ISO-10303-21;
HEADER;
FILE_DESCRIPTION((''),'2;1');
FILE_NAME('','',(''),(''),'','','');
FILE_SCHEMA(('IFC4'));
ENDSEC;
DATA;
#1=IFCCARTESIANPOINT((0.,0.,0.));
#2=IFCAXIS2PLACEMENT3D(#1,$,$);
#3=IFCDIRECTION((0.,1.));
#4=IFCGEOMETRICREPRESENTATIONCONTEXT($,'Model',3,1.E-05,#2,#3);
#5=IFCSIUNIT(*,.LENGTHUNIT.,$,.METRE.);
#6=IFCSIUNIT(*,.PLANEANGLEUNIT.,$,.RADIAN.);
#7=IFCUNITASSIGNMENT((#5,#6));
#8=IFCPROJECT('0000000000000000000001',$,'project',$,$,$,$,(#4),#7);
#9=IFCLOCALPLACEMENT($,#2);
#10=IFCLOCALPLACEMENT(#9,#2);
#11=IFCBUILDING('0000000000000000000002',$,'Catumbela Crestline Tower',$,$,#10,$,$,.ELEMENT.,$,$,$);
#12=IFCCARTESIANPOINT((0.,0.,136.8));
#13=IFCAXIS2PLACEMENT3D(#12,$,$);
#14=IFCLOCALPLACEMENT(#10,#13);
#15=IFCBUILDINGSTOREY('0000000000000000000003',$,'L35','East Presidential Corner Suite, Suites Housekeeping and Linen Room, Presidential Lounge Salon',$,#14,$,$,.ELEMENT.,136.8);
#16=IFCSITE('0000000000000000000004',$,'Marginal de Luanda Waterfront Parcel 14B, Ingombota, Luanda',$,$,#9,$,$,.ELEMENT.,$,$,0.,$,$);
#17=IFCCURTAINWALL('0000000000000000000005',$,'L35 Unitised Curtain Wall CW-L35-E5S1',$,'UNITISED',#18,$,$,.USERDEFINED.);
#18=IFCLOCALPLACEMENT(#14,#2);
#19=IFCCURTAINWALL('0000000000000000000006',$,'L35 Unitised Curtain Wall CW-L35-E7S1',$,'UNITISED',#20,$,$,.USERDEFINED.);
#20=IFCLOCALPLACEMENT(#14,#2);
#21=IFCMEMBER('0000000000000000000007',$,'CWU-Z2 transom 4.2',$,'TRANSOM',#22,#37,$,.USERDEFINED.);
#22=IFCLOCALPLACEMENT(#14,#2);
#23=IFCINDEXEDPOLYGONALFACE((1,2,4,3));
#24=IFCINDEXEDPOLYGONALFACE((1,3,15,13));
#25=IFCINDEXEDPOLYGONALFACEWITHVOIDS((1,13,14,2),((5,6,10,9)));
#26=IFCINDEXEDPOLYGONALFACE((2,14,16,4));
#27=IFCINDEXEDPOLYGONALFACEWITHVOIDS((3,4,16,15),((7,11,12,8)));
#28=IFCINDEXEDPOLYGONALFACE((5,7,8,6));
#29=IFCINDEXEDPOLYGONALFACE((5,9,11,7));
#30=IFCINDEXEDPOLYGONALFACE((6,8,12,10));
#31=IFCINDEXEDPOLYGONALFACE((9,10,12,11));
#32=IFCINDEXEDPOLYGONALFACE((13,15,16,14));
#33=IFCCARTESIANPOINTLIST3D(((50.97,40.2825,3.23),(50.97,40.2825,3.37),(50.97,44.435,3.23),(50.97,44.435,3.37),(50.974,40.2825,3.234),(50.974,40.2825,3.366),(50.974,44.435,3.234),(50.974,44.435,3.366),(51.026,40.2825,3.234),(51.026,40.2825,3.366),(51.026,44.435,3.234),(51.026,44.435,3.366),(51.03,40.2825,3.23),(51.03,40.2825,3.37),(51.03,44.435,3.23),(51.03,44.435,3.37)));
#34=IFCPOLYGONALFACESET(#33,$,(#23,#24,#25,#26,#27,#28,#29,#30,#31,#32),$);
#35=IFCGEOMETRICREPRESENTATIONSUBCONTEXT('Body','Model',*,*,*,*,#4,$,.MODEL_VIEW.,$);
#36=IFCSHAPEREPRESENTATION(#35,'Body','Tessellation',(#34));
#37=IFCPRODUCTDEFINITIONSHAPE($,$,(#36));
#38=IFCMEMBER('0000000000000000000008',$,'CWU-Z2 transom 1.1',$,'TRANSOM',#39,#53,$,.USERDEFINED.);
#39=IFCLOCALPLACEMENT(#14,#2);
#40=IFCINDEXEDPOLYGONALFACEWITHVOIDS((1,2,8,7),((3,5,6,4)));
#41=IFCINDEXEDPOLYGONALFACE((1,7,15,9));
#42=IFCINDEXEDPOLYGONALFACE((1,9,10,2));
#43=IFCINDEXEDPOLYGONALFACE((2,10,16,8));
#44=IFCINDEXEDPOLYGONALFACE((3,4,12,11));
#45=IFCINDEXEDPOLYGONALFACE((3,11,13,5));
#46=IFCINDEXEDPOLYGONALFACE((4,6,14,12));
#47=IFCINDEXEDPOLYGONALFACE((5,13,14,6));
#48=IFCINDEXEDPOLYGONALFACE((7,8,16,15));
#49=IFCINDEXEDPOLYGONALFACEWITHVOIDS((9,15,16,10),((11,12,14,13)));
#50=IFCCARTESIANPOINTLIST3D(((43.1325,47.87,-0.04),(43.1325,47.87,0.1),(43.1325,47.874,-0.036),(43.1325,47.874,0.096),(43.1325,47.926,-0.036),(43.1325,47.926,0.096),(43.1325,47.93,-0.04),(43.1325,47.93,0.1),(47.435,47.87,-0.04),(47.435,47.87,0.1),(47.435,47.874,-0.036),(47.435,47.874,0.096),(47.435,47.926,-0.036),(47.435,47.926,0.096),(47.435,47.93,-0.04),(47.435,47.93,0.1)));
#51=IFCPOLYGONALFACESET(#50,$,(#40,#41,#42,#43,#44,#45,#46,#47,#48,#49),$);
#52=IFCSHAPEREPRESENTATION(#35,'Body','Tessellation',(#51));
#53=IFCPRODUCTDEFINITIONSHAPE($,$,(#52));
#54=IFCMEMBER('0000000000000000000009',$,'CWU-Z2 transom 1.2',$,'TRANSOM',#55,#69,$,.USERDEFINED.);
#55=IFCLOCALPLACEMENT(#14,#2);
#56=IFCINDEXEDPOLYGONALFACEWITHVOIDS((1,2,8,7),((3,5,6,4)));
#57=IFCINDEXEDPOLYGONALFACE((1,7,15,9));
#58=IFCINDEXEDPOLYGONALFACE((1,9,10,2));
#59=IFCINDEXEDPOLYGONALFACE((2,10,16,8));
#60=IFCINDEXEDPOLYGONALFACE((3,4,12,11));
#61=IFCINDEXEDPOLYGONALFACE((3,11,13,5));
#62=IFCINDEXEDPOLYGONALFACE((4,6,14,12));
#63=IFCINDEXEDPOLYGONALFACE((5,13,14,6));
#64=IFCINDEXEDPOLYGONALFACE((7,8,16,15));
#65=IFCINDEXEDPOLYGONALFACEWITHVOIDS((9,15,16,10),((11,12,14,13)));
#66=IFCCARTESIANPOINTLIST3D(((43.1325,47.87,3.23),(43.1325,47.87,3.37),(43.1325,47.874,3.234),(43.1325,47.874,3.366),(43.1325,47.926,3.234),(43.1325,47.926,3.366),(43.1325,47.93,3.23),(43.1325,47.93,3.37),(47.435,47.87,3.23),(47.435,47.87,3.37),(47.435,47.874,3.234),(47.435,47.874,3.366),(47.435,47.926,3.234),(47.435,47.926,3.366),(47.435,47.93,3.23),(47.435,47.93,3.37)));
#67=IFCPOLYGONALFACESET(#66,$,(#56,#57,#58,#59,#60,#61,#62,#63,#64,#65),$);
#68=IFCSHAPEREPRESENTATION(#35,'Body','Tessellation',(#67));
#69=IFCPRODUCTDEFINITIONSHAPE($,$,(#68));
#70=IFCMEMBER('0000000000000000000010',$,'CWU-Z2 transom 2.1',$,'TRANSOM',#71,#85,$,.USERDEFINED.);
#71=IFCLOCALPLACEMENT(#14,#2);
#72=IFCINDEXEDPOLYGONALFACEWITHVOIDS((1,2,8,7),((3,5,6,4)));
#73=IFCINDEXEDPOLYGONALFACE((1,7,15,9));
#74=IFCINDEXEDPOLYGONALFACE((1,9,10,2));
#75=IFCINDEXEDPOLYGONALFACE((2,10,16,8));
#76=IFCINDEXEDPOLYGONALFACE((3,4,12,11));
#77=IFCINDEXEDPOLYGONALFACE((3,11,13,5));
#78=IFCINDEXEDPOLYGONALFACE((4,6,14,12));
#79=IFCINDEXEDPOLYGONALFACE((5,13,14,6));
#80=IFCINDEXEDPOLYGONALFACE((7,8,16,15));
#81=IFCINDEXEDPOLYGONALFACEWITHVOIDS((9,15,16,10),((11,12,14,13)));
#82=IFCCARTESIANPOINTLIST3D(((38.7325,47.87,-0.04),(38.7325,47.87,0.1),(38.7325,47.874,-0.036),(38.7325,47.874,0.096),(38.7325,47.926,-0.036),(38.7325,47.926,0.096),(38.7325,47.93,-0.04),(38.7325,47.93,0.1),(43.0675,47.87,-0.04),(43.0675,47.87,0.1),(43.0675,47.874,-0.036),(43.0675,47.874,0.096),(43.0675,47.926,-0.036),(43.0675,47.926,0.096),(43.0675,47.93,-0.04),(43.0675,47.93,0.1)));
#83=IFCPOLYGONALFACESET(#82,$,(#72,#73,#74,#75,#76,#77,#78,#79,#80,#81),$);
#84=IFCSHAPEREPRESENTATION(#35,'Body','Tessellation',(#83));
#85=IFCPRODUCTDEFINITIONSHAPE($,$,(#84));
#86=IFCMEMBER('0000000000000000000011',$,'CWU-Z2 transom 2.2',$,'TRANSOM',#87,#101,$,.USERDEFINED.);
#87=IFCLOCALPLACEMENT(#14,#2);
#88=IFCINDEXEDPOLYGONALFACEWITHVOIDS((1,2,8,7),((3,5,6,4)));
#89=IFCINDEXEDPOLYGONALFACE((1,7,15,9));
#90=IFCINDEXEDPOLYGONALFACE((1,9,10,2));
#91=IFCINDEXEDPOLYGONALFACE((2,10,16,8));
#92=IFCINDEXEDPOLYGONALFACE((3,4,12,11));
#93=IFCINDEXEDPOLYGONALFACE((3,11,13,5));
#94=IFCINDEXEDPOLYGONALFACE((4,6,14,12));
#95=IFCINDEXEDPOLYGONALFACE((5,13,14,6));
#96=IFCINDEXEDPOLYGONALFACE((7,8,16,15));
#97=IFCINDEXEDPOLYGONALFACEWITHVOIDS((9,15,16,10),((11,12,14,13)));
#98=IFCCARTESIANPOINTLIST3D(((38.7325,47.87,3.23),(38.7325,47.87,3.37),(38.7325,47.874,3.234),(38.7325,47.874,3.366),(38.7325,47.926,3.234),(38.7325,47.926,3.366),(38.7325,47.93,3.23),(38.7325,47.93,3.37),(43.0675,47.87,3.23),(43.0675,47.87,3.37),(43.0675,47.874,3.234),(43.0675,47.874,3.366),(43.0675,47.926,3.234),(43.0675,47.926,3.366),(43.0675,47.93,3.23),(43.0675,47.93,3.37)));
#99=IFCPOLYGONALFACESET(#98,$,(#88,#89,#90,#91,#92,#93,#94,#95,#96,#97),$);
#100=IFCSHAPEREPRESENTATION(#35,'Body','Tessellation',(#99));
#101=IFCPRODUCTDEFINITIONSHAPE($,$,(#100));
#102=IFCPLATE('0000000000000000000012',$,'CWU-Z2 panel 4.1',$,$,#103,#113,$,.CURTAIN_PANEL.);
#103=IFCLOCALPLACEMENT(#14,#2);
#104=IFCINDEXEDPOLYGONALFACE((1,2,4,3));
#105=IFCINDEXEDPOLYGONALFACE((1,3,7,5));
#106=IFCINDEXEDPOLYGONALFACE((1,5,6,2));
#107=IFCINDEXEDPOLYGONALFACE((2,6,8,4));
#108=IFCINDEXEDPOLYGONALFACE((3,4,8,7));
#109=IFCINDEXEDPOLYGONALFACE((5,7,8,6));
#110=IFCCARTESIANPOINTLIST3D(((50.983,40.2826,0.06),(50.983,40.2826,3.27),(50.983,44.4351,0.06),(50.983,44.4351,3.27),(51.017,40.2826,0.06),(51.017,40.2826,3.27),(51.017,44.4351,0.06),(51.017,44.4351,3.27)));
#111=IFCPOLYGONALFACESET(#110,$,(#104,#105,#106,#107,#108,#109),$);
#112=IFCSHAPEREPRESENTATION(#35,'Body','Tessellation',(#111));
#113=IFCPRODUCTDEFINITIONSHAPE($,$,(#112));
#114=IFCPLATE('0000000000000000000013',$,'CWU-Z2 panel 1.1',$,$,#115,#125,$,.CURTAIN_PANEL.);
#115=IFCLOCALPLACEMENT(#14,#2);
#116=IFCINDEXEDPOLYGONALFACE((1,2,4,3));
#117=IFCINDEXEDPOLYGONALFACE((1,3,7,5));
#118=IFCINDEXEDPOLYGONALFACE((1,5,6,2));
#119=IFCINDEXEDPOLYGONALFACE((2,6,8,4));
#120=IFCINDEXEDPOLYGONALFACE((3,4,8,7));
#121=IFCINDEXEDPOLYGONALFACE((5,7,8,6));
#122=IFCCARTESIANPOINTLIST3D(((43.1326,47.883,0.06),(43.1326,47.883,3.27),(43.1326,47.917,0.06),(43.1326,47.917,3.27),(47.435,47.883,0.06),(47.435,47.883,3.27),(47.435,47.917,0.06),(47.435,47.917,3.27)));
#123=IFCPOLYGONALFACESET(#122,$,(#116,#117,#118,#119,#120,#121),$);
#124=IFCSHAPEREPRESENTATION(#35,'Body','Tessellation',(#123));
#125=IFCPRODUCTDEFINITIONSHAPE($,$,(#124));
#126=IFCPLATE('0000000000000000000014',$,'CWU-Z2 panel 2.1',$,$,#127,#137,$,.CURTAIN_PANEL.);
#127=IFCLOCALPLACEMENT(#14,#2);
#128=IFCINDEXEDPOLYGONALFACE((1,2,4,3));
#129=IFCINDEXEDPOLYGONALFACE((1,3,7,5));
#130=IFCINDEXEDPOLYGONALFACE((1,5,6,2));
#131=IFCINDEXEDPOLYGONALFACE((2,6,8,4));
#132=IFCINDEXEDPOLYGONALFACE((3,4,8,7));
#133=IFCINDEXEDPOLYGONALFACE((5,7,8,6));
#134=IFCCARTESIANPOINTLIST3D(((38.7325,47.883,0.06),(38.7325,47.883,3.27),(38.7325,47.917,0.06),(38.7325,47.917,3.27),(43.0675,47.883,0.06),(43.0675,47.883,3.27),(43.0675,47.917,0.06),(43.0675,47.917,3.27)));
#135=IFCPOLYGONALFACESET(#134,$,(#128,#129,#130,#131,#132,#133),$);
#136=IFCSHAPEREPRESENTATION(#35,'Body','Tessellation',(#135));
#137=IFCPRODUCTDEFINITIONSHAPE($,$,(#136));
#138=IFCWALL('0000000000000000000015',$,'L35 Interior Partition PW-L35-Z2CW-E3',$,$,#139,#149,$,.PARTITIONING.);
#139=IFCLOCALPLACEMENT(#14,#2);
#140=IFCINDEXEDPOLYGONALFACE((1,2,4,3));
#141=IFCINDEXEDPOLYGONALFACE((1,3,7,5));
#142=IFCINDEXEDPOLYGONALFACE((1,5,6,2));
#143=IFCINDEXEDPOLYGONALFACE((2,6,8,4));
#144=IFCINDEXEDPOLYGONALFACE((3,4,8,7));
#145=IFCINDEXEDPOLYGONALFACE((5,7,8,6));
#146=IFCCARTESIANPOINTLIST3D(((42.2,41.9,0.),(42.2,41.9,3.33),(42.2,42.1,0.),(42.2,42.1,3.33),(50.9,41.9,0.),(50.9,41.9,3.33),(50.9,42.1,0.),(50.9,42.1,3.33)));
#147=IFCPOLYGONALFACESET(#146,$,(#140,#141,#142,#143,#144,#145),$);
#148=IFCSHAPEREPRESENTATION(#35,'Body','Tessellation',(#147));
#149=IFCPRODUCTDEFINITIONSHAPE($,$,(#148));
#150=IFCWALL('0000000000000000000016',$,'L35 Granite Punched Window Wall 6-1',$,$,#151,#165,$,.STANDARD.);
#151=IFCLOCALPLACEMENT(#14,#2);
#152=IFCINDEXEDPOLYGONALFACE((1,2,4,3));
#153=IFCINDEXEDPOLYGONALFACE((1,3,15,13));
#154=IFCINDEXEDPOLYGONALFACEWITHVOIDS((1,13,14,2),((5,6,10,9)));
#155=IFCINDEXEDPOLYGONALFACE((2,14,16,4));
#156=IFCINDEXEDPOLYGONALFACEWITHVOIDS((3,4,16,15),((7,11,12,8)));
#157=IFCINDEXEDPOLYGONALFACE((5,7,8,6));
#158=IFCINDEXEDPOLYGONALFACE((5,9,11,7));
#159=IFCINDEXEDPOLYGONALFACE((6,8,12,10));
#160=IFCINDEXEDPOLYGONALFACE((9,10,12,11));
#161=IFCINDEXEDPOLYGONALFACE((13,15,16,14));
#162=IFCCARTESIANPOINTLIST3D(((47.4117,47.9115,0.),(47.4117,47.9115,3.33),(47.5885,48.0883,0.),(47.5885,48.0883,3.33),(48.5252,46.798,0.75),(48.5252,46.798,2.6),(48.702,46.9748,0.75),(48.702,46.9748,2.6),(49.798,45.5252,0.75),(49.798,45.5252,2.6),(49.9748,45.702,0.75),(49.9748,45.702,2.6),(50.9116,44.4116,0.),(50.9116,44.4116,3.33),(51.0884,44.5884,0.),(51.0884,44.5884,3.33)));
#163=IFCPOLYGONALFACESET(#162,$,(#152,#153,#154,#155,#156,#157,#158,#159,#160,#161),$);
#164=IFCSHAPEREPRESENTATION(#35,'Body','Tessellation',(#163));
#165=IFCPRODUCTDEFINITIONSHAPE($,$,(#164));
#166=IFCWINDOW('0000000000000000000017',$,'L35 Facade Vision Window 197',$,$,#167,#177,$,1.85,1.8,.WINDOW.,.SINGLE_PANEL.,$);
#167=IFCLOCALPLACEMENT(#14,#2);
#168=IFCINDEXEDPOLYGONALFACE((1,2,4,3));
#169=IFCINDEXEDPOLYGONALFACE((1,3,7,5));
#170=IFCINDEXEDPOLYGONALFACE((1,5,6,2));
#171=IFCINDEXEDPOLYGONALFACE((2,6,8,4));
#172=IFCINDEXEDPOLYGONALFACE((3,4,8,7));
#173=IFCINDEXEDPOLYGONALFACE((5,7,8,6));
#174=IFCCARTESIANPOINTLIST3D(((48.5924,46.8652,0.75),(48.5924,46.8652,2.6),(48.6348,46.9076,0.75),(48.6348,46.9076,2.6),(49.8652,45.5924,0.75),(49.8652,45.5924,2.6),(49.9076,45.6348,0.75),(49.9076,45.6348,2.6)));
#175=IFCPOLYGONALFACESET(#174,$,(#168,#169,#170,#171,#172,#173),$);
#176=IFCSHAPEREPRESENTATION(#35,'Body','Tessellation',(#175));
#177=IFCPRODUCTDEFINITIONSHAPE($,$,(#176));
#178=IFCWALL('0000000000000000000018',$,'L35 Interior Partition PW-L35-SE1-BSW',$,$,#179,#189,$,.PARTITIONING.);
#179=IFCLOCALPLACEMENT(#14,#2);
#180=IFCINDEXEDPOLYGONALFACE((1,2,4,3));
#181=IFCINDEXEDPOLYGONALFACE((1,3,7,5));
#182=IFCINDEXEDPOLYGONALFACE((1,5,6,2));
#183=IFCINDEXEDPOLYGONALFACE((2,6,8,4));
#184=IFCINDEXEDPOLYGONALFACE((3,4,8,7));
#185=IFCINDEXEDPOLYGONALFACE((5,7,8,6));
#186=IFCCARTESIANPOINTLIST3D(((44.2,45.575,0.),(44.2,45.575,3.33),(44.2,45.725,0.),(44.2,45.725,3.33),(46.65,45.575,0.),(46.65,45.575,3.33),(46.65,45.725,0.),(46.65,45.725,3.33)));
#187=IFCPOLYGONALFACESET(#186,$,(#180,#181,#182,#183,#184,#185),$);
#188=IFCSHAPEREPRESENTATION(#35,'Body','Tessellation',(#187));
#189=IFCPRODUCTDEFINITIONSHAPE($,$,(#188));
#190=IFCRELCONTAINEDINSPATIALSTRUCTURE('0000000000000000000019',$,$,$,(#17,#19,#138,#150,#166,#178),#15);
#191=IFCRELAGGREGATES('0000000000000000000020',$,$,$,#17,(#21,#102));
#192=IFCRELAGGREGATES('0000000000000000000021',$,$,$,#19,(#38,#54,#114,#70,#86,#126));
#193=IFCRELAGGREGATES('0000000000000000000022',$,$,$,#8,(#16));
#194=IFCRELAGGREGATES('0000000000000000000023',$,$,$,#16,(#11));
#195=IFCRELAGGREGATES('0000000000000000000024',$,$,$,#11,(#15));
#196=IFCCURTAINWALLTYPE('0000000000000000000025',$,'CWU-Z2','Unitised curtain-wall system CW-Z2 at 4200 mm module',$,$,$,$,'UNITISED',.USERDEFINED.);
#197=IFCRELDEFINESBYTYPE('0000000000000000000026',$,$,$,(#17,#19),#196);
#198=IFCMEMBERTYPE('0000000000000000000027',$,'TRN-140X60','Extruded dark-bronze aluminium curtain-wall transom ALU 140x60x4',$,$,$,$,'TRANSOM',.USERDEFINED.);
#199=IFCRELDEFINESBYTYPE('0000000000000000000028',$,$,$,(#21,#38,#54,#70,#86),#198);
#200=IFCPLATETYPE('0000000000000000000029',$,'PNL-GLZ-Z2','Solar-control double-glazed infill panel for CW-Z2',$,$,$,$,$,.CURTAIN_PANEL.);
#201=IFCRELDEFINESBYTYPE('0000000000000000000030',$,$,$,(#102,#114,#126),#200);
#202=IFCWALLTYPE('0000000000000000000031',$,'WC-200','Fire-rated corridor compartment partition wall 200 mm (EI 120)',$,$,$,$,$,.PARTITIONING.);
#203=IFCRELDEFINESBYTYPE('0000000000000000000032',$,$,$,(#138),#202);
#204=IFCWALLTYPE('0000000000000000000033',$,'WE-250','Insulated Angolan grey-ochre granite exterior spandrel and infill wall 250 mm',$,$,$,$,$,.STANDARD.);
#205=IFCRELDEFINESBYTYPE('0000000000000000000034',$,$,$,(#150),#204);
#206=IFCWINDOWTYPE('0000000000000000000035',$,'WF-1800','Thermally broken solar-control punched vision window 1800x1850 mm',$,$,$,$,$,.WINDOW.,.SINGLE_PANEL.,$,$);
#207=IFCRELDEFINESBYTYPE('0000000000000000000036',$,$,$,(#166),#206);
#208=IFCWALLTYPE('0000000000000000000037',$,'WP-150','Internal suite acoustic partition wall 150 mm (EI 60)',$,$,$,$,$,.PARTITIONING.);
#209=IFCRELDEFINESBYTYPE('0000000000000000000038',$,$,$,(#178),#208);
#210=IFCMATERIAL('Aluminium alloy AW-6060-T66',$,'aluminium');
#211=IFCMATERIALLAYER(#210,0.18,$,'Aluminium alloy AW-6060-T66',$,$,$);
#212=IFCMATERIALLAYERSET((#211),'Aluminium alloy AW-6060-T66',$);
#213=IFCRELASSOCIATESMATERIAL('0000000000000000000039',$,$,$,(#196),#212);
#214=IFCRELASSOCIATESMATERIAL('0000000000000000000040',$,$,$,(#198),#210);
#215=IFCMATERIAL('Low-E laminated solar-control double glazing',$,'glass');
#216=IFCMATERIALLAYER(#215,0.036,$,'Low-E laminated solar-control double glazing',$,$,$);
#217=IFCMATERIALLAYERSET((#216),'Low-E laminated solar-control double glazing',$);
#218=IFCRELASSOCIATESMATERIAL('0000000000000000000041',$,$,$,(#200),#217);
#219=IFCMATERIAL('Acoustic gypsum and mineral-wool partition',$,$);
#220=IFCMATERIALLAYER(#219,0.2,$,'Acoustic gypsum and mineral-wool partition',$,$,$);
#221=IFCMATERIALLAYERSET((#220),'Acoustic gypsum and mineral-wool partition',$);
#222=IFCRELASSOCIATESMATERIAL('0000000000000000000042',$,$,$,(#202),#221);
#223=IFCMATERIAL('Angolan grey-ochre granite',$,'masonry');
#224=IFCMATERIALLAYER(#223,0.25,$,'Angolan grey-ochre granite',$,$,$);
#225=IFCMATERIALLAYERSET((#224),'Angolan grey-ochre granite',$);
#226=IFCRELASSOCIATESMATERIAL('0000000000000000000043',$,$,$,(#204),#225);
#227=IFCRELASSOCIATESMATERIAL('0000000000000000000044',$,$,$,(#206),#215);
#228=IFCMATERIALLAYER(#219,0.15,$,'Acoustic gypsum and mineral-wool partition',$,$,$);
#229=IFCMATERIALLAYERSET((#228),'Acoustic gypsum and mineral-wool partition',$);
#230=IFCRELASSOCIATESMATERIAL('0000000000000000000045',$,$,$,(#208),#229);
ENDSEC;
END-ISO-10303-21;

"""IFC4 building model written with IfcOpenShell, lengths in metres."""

from ifc_helpers import new_model, si_unit, direction, frame, frame_2d, origin, origin_2d, place, context, subcontext, project, spatial, rectangle, hollow_rectangle, extrude, material, layer, layer_set, material_profile, profile_set, type_object, element, fill, aggregate, save


model = new_model("IFC4")

# Units and contexts
model_context = context("Model", 3, precision=1e-05, world=origin(), true_north=direction((0.0, 1.0)))
body_context = subcontext(model_context, "Body", "Model", "MODEL_VIEW")
ifc_project = project(units=[si_unit("LENGTHUNIT", "METRE"), si_unit("PLANEANGLEUNIT", "RADIAN")], contexts=[model_context])

# Site, building, storey
site_placement = place(None, origin())
site = spatial("IfcSite", under=ifc_project, at=site_placement, Name="Marginal de Luanda Waterfront Parcel 14B, Ingombota, Luanda", CompositionType="ELEMENT", RefElevation=0.0)
building_placement = place(site_placement, origin())
building = spatial("IfcBuilding", under=site, at=building_placement, Name="Catumbela Crestline Tower", CompositionType="ELEMENT")
storey_placement = place(building_placement, frame((0.0, 0.0, 136.8)))
storey = spatial("IfcBuildingStorey", under=building, at=storey_placement, Name="L35", Description="East Presidential Corner Suite, Suites Housekeeping and Linen Room, Presidential Lounge Salon", CompositionType="ELEMENT", Elevation=136.8)

# Curtain walls
ifc_material_1 = material(Name="Aluminium alloy AW-6060-T66", Category="aluminium")
ifc_layer_1 = layer(ifc_material_1, 0.18, Name="Aluminium alloy AW-6060-T66")
ifc_layer_set_1 = layer_set([ifc_layer_1], Name="Aluminium alloy AW-6060-T66")
curtain_wall_type = type_object("IfcCurtainWallType", Name="CWU-Z2", Description="Unitised curtain-wall system CW-Z2 at 4200 mm module", ElementType="UNITISED", PredefinedType="USERDEFINED", material=ifc_layer_set_1)
curtain_wall_1_placement = place(storey_placement, origin())
curtain_wall_1 = element("IfcCurtainWall", 1, at=curtain_wall_1_placement, inside=storey, type_object=curtain_wall_type, Name="L35 Unitised Curtain Wall CW-L35-E5S1", ObjectType="UNITISED", PredefinedType="USERDEFINED")
curtain_wall_2_placement = place(storey_placement, origin())
curtain_wall_2 = element("IfcCurtainWall", 2, at=curtain_wall_2_placement, inside=storey, type_object=curtain_wall_type, Name="L35 Unitised Curtain Wall CW-L35-E7S1", ObjectType="UNITISED", PredefinedType="USERDEFINED")

# Members
ifc_material_profile_1 = material_profile(ifc_material_1, hollow_rectangle(XDim=0.06, YDim=0.14, WallThickness=0.004, at=origin_2d()), Name="ALU 140x60x4")
ifc_profile_set_1 = profile_set([ifc_material_profile_1], Name="Aluminium alloy AW-6060-T66")
member_type_1 = type_object("IfcMemberType", Name="TRN-140X60", Description="Extruded dark-bronze aluminium curtain-wall transom ALU 140x60x4", ElementType="TRANSOM", PredefinedType="USERDEFINED", material=ifc_profile_set_1)
member_1_placement = place(storey_placement, frame((51.0, 40.2825, 3.3), z_axis=(0.0, 1.0, 0.0), x_axis=(-1.0, 0.0, 0.0)))
member_1 = element("IfcMember", 3, at=member_1_placement, type_object=member_type_1, Name="CWU-Z2 transom 4.2", ObjectType="TRANSOM", PredefinedType="USERDEFINED", context=body_context, shape_type="SweptSolid", body=[
    extrude(hollow_rectangle(XDim=0.06, YDim=0.14, WallThickness=0.004, at=origin_2d()), origin(), (0.0, 0.0, 1.0), 4.1525),
])
member_2_placement = place(storey_placement, frame((47.435, 47.9, 0.03), z_axis=(-1.0, 0.0, 0.0), x_axis=(0.0, -1.0, 0.0)))
member_2 = element("IfcMember", 4, at=member_2_placement, type_object=member_type_1, Name="CWU-Z2 transom 1.1", ObjectType="TRANSOM", PredefinedType="USERDEFINED", context=body_context, shape_type="SweptSolid", body=[
    extrude(hollow_rectangle(XDim=0.06, YDim=0.14, WallThickness=0.004, at=origin_2d()), origin(), (0.0, 0.0, 1.0), 4.3025),
])
member_3_placement = place(storey_placement, frame((47.435, 47.9, 3.3), z_axis=(-1.0, 0.0, 0.0), x_axis=(0.0, -1.0, 0.0)))
member_3 = element("IfcMember", 5, at=member_3_placement, type_object=member_type_1, Name="CWU-Z2 transom 1.2", ObjectType="TRANSOM", PredefinedType="USERDEFINED", context=body_context, shape_type="SweptSolid", body=[
    extrude(hollow_rectangle(XDim=0.06, YDim=0.14, WallThickness=0.004, at=origin_2d()), origin(), (0.0, 0.0, 1.0), 4.3025),
])
member_4_placement = place(storey_placement, frame((43.0675, 47.9, 0.03), z_axis=(-1.0, 0.0, 0.0), x_axis=(0.0, -1.0, 0.0)))
member_4 = element("IfcMember", 6, at=member_4_placement, type_object=member_type_1, Name="CWU-Z2 transom 2.1", ObjectType="TRANSOM", PredefinedType="USERDEFINED", context=body_context, shape_type="SweptSolid", body=[
    extrude(hollow_rectangle(XDim=0.06, YDim=0.14, WallThickness=0.004, at=origin_2d()), origin(), (0.0, 0.0, 1.0), 4.335),
])
member_5_placement = place(storey_placement, frame((43.0675, 47.9, 3.3), z_axis=(-1.0, 0.0, 0.0), x_axis=(0.0, -1.0, 0.0)))
member_5 = element("IfcMember", 7, at=member_5_placement, type_object=member_type_1, Name="CWU-Z2 transom 2.2", ObjectType="TRANSOM", PredefinedType="USERDEFINED", context=body_context, shape_type="SweptSolid", body=[
    extrude(hollow_rectangle(XDim=0.06, YDim=0.14, WallThickness=0.004, at=origin_2d()), origin(), (0.0, 0.0, 1.0), 4.335),
])

# Plates
ifc_material_2 = material(Name="Low-E laminated solar-control double glazing", Category="glass")
ifc_layer_2 = layer(ifc_material_2, 0.036, Name="Low-E laminated solar-control double glazing")
ifc_layer_set_2 = layer_set([ifc_layer_2], Name="Low-E laminated solar-control double glazing")
plate_type = type_object("IfcPlateType", Name="PNL-GLZ-Z2", Description="Solar-control double-glazed infill panel for CW-Z2", PredefinedType="CURTAIN_PANEL", material=ifc_layer_set_2)
plate_1_placement = place(storey_placement, frame((51.0, 42.3588, 0.06), z_axis=(0.0, 0.0, 1.0), x_axis=(0.0, 1.0, 0.0)))
plate_1 = element("IfcPlate", 8, at=plate_1_placement, type_object=plate_type, Name="CWU-Z2 panel 4.1", PredefinedType="CURTAIN_PANEL", context=body_context, shape_type="SweptSolid", body=[
    extrude(rectangle(XDim=4.1525, YDim=0.034, at=origin_2d()), origin(), (0.0, 0.0, 1.0), 3.21),
])
aggregate(curtain_wall_1, [member_1, plate_1])
plate_2_placement = place(storey_placement, frame((45.2838, 47.9, 0.06), z_axis=(0.0, 0.0, 1.0), x_axis=(-1.0, 0.0, 0.0)))
plate_2 = element("IfcPlate", 9, at=plate_2_placement, type_object=plate_type, Name="CWU-Z2 panel 1.1", PredefinedType="CURTAIN_PANEL", context=body_context, shape_type="SweptSolid", body=[
    extrude(rectangle(XDim=4.3025, YDim=0.034, at=origin_2d()), origin(), (0.0, 0.0, 1.0), 3.21),
])
plate_3_placement = place(storey_placement, frame((40.9, 47.9, 0.06), z_axis=(0.0, 0.0, 1.0), x_axis=(-1.0, 0.0, 0.0)))
plate_3 = element("IfcPlate", 10, at=plate_3_placement, type_object=plate_type, Name="CWU-Z2 panel 2.1", PredefinedType="CURTAIN_PANEL", context=body_context, shape_type="SweptSolid", body=[
    extrude(rectangle(XDim=4.335, YDim=0.034, at=origin_2d()), origin(), (0.0, 0.0, 1.0), 3.21),
])
aggregate(curtain_wall_2, [member_2, member_3, plate_2, member_4, member_5, plate_3])

# Wall
ifc_material_3 = material(Name="Acoustic gypsum and mineral-wool partition")
ifc_layer_3 = layer(ifc_material_3, 0.2, Name="Acoustic gypsum and mineral-wool partition")
ifc_layer_set_3 = layer_set([ifc_layer_3], Name="Acoustic gypsum and mineral-wool partition")
wall_type_1 = type_object("IfcWallType", Name="WC-200", Description="Fire-rated corridor compartment partition wall 200 mm (EI 120)", PredefinedType="PARTITIONING", material=ifc_layer_set_3)
wall_1_placement = place(storey_placement, frame((42.2, 42.0, 0.0), z_axis=(0.0, 0.0, 1.0), x_axis=(1.0, 0.0, 0.0)))
element("IfcWall", 11, at=wall_1_placement, inside=storey, type_object=wall_type_1, Name="L35 Interior Partition PW-L35-Z2CW-E3", PredefinedType="PARTITIONING", context=body_context, shape_type="SweptSolid", body=[
    extrude(rectangle(XDim=8.7, YDim=0.2, at=frame_2d((4.35, 0.0))), origin(), (0.0, 0.0, 1.0), 3.33),
])

# Wall, opening, window
ifc_material_4 = material(Name="Angolan grey-ochre granite", Category="masonry")
ifc_layer_4 = layer(ifc_material_4, 0.25, Name="Angolan grey-ochre granite")
ifc_layer_set_4 = layer_set([ifc_layer_4], Name="Angolan grey-ochre granite")
wall_type_2 = type_object("IfcWallType", Name="WE-250", Description="Insulated Angolan grey-ochre granite exterior spandrel and infill wall 250 mm", PredefinedType="STANDARD", material=ifc_layer_set_4)
wall_2_placement = place(storey_placement, frame((51.0, 44.5, 0.0), z_axis=(0.0, 0.0, 1.0), x_axis=(-0.707107, 0.707107, 0.0)))
wall_2 = element("IfcWall", 12, at=wall_2_placement, inside=storey, type_object=wall_type_2, Name="L35 Granite Punched Window Wall 6-1", PredefinedType="STANDARD", context=body_context, shape_type="SweptSolid", body=[
    extrude(rectangle(XDim=4.9497, YDim=0.25, at=frame_2d((2.4748, 0.0))), origin(), (0.0, 0.0, 1.0), 3.33),
])
opening_1_placement = place(wall_2_placement, frame((1.5749, 0.0, 0.75)))
opening_1 = element("IfcOpeningElement", 13, at=opening_1_placement, cuts=wall_2, PredefinedType="OPENING", context=body_context, shape_type="SweptSolid", body=[
    extrude(rectangle(XDim=1.8, YDim=1.85, at=frame_2d((0.9, 0.925))), frame((0.0, 0.135, 0.0), z_axis=(0.0, -1.0, 0.0), x_axis=(1.0, 0.0, 0.0)), (0.0, 0.0, 1.0), 0.27),
])
window_type = type_object("IfcWindowType", Name="WF-1800", Description="Thermally broken solar-control punched vision window 1800x1850 mm", PartitioningType="SINGLE_PANEL", PredefinedType="WINDOW", material=ifc_material_2)
window_placement = place(opening_1_placement, origin())
window = element("IfcWindow", 14, at=window_placement, inside=storey, type_object=window_type, Name="L35 Facade Vision Window 197", OverallHeight=1.85, OverallWidth=1.8, PartitioningType="SINGLE_PANEL", PredefinedType="WINDOW", context=body_context, shape_type="SweptSolid", body=[
    extrude(rectangle(XDim=1.8, YDim=1.85, at=frame_2d((0.9, 0.925))), frame((0.0, 0.03, 0.0), z_axis=(0.0, -1.0, 0.0), x_axis=(1.0, 0.0, 0.0)), (0.0, 0.0, 1.0), 0.06),
])
fill(opening_1, window)

# Wall
ifc_layer_5 = layer(ifc_material_3, 0.15, Name="Acoustic gypsum and mineral-wool partition")
ifc_layer_set_5 = layer_set([ifc_layer_5], Name="Acoustic gypsum and mineral-wool partition")
wall_type_3 = type_object("IfcWallType", Name="WP-150", Description="Internal suite acoustic partition wall 150 mm (EI 60)", PredefinedType="PARTITIONING", material=ifc_layer_set_5)
wall_3_placement = place(storey_placement, frame((44.2, 45.65, 0.0), z_axis=(0.0, 0.0, 1.0), x_axis=(1.0, 0.0, 0.0)))
element("IfcWall", 15, at=wall_3_placement, inside=storey, type_object=wall_type_3, Name="L35 Interior Partition PW-L35-SE1-BSW", PredefinedType="PARTITIONING", context=body_context, shape_type="SweptSolid", body=[
    extrude(rectangle(XDim=2.45, YDim=0.15, at=frame_2d((1.225, 0.0))), origin(), (0.0, 0.0, 1.0), 3.33),
])

save(model, "model.ifc")
